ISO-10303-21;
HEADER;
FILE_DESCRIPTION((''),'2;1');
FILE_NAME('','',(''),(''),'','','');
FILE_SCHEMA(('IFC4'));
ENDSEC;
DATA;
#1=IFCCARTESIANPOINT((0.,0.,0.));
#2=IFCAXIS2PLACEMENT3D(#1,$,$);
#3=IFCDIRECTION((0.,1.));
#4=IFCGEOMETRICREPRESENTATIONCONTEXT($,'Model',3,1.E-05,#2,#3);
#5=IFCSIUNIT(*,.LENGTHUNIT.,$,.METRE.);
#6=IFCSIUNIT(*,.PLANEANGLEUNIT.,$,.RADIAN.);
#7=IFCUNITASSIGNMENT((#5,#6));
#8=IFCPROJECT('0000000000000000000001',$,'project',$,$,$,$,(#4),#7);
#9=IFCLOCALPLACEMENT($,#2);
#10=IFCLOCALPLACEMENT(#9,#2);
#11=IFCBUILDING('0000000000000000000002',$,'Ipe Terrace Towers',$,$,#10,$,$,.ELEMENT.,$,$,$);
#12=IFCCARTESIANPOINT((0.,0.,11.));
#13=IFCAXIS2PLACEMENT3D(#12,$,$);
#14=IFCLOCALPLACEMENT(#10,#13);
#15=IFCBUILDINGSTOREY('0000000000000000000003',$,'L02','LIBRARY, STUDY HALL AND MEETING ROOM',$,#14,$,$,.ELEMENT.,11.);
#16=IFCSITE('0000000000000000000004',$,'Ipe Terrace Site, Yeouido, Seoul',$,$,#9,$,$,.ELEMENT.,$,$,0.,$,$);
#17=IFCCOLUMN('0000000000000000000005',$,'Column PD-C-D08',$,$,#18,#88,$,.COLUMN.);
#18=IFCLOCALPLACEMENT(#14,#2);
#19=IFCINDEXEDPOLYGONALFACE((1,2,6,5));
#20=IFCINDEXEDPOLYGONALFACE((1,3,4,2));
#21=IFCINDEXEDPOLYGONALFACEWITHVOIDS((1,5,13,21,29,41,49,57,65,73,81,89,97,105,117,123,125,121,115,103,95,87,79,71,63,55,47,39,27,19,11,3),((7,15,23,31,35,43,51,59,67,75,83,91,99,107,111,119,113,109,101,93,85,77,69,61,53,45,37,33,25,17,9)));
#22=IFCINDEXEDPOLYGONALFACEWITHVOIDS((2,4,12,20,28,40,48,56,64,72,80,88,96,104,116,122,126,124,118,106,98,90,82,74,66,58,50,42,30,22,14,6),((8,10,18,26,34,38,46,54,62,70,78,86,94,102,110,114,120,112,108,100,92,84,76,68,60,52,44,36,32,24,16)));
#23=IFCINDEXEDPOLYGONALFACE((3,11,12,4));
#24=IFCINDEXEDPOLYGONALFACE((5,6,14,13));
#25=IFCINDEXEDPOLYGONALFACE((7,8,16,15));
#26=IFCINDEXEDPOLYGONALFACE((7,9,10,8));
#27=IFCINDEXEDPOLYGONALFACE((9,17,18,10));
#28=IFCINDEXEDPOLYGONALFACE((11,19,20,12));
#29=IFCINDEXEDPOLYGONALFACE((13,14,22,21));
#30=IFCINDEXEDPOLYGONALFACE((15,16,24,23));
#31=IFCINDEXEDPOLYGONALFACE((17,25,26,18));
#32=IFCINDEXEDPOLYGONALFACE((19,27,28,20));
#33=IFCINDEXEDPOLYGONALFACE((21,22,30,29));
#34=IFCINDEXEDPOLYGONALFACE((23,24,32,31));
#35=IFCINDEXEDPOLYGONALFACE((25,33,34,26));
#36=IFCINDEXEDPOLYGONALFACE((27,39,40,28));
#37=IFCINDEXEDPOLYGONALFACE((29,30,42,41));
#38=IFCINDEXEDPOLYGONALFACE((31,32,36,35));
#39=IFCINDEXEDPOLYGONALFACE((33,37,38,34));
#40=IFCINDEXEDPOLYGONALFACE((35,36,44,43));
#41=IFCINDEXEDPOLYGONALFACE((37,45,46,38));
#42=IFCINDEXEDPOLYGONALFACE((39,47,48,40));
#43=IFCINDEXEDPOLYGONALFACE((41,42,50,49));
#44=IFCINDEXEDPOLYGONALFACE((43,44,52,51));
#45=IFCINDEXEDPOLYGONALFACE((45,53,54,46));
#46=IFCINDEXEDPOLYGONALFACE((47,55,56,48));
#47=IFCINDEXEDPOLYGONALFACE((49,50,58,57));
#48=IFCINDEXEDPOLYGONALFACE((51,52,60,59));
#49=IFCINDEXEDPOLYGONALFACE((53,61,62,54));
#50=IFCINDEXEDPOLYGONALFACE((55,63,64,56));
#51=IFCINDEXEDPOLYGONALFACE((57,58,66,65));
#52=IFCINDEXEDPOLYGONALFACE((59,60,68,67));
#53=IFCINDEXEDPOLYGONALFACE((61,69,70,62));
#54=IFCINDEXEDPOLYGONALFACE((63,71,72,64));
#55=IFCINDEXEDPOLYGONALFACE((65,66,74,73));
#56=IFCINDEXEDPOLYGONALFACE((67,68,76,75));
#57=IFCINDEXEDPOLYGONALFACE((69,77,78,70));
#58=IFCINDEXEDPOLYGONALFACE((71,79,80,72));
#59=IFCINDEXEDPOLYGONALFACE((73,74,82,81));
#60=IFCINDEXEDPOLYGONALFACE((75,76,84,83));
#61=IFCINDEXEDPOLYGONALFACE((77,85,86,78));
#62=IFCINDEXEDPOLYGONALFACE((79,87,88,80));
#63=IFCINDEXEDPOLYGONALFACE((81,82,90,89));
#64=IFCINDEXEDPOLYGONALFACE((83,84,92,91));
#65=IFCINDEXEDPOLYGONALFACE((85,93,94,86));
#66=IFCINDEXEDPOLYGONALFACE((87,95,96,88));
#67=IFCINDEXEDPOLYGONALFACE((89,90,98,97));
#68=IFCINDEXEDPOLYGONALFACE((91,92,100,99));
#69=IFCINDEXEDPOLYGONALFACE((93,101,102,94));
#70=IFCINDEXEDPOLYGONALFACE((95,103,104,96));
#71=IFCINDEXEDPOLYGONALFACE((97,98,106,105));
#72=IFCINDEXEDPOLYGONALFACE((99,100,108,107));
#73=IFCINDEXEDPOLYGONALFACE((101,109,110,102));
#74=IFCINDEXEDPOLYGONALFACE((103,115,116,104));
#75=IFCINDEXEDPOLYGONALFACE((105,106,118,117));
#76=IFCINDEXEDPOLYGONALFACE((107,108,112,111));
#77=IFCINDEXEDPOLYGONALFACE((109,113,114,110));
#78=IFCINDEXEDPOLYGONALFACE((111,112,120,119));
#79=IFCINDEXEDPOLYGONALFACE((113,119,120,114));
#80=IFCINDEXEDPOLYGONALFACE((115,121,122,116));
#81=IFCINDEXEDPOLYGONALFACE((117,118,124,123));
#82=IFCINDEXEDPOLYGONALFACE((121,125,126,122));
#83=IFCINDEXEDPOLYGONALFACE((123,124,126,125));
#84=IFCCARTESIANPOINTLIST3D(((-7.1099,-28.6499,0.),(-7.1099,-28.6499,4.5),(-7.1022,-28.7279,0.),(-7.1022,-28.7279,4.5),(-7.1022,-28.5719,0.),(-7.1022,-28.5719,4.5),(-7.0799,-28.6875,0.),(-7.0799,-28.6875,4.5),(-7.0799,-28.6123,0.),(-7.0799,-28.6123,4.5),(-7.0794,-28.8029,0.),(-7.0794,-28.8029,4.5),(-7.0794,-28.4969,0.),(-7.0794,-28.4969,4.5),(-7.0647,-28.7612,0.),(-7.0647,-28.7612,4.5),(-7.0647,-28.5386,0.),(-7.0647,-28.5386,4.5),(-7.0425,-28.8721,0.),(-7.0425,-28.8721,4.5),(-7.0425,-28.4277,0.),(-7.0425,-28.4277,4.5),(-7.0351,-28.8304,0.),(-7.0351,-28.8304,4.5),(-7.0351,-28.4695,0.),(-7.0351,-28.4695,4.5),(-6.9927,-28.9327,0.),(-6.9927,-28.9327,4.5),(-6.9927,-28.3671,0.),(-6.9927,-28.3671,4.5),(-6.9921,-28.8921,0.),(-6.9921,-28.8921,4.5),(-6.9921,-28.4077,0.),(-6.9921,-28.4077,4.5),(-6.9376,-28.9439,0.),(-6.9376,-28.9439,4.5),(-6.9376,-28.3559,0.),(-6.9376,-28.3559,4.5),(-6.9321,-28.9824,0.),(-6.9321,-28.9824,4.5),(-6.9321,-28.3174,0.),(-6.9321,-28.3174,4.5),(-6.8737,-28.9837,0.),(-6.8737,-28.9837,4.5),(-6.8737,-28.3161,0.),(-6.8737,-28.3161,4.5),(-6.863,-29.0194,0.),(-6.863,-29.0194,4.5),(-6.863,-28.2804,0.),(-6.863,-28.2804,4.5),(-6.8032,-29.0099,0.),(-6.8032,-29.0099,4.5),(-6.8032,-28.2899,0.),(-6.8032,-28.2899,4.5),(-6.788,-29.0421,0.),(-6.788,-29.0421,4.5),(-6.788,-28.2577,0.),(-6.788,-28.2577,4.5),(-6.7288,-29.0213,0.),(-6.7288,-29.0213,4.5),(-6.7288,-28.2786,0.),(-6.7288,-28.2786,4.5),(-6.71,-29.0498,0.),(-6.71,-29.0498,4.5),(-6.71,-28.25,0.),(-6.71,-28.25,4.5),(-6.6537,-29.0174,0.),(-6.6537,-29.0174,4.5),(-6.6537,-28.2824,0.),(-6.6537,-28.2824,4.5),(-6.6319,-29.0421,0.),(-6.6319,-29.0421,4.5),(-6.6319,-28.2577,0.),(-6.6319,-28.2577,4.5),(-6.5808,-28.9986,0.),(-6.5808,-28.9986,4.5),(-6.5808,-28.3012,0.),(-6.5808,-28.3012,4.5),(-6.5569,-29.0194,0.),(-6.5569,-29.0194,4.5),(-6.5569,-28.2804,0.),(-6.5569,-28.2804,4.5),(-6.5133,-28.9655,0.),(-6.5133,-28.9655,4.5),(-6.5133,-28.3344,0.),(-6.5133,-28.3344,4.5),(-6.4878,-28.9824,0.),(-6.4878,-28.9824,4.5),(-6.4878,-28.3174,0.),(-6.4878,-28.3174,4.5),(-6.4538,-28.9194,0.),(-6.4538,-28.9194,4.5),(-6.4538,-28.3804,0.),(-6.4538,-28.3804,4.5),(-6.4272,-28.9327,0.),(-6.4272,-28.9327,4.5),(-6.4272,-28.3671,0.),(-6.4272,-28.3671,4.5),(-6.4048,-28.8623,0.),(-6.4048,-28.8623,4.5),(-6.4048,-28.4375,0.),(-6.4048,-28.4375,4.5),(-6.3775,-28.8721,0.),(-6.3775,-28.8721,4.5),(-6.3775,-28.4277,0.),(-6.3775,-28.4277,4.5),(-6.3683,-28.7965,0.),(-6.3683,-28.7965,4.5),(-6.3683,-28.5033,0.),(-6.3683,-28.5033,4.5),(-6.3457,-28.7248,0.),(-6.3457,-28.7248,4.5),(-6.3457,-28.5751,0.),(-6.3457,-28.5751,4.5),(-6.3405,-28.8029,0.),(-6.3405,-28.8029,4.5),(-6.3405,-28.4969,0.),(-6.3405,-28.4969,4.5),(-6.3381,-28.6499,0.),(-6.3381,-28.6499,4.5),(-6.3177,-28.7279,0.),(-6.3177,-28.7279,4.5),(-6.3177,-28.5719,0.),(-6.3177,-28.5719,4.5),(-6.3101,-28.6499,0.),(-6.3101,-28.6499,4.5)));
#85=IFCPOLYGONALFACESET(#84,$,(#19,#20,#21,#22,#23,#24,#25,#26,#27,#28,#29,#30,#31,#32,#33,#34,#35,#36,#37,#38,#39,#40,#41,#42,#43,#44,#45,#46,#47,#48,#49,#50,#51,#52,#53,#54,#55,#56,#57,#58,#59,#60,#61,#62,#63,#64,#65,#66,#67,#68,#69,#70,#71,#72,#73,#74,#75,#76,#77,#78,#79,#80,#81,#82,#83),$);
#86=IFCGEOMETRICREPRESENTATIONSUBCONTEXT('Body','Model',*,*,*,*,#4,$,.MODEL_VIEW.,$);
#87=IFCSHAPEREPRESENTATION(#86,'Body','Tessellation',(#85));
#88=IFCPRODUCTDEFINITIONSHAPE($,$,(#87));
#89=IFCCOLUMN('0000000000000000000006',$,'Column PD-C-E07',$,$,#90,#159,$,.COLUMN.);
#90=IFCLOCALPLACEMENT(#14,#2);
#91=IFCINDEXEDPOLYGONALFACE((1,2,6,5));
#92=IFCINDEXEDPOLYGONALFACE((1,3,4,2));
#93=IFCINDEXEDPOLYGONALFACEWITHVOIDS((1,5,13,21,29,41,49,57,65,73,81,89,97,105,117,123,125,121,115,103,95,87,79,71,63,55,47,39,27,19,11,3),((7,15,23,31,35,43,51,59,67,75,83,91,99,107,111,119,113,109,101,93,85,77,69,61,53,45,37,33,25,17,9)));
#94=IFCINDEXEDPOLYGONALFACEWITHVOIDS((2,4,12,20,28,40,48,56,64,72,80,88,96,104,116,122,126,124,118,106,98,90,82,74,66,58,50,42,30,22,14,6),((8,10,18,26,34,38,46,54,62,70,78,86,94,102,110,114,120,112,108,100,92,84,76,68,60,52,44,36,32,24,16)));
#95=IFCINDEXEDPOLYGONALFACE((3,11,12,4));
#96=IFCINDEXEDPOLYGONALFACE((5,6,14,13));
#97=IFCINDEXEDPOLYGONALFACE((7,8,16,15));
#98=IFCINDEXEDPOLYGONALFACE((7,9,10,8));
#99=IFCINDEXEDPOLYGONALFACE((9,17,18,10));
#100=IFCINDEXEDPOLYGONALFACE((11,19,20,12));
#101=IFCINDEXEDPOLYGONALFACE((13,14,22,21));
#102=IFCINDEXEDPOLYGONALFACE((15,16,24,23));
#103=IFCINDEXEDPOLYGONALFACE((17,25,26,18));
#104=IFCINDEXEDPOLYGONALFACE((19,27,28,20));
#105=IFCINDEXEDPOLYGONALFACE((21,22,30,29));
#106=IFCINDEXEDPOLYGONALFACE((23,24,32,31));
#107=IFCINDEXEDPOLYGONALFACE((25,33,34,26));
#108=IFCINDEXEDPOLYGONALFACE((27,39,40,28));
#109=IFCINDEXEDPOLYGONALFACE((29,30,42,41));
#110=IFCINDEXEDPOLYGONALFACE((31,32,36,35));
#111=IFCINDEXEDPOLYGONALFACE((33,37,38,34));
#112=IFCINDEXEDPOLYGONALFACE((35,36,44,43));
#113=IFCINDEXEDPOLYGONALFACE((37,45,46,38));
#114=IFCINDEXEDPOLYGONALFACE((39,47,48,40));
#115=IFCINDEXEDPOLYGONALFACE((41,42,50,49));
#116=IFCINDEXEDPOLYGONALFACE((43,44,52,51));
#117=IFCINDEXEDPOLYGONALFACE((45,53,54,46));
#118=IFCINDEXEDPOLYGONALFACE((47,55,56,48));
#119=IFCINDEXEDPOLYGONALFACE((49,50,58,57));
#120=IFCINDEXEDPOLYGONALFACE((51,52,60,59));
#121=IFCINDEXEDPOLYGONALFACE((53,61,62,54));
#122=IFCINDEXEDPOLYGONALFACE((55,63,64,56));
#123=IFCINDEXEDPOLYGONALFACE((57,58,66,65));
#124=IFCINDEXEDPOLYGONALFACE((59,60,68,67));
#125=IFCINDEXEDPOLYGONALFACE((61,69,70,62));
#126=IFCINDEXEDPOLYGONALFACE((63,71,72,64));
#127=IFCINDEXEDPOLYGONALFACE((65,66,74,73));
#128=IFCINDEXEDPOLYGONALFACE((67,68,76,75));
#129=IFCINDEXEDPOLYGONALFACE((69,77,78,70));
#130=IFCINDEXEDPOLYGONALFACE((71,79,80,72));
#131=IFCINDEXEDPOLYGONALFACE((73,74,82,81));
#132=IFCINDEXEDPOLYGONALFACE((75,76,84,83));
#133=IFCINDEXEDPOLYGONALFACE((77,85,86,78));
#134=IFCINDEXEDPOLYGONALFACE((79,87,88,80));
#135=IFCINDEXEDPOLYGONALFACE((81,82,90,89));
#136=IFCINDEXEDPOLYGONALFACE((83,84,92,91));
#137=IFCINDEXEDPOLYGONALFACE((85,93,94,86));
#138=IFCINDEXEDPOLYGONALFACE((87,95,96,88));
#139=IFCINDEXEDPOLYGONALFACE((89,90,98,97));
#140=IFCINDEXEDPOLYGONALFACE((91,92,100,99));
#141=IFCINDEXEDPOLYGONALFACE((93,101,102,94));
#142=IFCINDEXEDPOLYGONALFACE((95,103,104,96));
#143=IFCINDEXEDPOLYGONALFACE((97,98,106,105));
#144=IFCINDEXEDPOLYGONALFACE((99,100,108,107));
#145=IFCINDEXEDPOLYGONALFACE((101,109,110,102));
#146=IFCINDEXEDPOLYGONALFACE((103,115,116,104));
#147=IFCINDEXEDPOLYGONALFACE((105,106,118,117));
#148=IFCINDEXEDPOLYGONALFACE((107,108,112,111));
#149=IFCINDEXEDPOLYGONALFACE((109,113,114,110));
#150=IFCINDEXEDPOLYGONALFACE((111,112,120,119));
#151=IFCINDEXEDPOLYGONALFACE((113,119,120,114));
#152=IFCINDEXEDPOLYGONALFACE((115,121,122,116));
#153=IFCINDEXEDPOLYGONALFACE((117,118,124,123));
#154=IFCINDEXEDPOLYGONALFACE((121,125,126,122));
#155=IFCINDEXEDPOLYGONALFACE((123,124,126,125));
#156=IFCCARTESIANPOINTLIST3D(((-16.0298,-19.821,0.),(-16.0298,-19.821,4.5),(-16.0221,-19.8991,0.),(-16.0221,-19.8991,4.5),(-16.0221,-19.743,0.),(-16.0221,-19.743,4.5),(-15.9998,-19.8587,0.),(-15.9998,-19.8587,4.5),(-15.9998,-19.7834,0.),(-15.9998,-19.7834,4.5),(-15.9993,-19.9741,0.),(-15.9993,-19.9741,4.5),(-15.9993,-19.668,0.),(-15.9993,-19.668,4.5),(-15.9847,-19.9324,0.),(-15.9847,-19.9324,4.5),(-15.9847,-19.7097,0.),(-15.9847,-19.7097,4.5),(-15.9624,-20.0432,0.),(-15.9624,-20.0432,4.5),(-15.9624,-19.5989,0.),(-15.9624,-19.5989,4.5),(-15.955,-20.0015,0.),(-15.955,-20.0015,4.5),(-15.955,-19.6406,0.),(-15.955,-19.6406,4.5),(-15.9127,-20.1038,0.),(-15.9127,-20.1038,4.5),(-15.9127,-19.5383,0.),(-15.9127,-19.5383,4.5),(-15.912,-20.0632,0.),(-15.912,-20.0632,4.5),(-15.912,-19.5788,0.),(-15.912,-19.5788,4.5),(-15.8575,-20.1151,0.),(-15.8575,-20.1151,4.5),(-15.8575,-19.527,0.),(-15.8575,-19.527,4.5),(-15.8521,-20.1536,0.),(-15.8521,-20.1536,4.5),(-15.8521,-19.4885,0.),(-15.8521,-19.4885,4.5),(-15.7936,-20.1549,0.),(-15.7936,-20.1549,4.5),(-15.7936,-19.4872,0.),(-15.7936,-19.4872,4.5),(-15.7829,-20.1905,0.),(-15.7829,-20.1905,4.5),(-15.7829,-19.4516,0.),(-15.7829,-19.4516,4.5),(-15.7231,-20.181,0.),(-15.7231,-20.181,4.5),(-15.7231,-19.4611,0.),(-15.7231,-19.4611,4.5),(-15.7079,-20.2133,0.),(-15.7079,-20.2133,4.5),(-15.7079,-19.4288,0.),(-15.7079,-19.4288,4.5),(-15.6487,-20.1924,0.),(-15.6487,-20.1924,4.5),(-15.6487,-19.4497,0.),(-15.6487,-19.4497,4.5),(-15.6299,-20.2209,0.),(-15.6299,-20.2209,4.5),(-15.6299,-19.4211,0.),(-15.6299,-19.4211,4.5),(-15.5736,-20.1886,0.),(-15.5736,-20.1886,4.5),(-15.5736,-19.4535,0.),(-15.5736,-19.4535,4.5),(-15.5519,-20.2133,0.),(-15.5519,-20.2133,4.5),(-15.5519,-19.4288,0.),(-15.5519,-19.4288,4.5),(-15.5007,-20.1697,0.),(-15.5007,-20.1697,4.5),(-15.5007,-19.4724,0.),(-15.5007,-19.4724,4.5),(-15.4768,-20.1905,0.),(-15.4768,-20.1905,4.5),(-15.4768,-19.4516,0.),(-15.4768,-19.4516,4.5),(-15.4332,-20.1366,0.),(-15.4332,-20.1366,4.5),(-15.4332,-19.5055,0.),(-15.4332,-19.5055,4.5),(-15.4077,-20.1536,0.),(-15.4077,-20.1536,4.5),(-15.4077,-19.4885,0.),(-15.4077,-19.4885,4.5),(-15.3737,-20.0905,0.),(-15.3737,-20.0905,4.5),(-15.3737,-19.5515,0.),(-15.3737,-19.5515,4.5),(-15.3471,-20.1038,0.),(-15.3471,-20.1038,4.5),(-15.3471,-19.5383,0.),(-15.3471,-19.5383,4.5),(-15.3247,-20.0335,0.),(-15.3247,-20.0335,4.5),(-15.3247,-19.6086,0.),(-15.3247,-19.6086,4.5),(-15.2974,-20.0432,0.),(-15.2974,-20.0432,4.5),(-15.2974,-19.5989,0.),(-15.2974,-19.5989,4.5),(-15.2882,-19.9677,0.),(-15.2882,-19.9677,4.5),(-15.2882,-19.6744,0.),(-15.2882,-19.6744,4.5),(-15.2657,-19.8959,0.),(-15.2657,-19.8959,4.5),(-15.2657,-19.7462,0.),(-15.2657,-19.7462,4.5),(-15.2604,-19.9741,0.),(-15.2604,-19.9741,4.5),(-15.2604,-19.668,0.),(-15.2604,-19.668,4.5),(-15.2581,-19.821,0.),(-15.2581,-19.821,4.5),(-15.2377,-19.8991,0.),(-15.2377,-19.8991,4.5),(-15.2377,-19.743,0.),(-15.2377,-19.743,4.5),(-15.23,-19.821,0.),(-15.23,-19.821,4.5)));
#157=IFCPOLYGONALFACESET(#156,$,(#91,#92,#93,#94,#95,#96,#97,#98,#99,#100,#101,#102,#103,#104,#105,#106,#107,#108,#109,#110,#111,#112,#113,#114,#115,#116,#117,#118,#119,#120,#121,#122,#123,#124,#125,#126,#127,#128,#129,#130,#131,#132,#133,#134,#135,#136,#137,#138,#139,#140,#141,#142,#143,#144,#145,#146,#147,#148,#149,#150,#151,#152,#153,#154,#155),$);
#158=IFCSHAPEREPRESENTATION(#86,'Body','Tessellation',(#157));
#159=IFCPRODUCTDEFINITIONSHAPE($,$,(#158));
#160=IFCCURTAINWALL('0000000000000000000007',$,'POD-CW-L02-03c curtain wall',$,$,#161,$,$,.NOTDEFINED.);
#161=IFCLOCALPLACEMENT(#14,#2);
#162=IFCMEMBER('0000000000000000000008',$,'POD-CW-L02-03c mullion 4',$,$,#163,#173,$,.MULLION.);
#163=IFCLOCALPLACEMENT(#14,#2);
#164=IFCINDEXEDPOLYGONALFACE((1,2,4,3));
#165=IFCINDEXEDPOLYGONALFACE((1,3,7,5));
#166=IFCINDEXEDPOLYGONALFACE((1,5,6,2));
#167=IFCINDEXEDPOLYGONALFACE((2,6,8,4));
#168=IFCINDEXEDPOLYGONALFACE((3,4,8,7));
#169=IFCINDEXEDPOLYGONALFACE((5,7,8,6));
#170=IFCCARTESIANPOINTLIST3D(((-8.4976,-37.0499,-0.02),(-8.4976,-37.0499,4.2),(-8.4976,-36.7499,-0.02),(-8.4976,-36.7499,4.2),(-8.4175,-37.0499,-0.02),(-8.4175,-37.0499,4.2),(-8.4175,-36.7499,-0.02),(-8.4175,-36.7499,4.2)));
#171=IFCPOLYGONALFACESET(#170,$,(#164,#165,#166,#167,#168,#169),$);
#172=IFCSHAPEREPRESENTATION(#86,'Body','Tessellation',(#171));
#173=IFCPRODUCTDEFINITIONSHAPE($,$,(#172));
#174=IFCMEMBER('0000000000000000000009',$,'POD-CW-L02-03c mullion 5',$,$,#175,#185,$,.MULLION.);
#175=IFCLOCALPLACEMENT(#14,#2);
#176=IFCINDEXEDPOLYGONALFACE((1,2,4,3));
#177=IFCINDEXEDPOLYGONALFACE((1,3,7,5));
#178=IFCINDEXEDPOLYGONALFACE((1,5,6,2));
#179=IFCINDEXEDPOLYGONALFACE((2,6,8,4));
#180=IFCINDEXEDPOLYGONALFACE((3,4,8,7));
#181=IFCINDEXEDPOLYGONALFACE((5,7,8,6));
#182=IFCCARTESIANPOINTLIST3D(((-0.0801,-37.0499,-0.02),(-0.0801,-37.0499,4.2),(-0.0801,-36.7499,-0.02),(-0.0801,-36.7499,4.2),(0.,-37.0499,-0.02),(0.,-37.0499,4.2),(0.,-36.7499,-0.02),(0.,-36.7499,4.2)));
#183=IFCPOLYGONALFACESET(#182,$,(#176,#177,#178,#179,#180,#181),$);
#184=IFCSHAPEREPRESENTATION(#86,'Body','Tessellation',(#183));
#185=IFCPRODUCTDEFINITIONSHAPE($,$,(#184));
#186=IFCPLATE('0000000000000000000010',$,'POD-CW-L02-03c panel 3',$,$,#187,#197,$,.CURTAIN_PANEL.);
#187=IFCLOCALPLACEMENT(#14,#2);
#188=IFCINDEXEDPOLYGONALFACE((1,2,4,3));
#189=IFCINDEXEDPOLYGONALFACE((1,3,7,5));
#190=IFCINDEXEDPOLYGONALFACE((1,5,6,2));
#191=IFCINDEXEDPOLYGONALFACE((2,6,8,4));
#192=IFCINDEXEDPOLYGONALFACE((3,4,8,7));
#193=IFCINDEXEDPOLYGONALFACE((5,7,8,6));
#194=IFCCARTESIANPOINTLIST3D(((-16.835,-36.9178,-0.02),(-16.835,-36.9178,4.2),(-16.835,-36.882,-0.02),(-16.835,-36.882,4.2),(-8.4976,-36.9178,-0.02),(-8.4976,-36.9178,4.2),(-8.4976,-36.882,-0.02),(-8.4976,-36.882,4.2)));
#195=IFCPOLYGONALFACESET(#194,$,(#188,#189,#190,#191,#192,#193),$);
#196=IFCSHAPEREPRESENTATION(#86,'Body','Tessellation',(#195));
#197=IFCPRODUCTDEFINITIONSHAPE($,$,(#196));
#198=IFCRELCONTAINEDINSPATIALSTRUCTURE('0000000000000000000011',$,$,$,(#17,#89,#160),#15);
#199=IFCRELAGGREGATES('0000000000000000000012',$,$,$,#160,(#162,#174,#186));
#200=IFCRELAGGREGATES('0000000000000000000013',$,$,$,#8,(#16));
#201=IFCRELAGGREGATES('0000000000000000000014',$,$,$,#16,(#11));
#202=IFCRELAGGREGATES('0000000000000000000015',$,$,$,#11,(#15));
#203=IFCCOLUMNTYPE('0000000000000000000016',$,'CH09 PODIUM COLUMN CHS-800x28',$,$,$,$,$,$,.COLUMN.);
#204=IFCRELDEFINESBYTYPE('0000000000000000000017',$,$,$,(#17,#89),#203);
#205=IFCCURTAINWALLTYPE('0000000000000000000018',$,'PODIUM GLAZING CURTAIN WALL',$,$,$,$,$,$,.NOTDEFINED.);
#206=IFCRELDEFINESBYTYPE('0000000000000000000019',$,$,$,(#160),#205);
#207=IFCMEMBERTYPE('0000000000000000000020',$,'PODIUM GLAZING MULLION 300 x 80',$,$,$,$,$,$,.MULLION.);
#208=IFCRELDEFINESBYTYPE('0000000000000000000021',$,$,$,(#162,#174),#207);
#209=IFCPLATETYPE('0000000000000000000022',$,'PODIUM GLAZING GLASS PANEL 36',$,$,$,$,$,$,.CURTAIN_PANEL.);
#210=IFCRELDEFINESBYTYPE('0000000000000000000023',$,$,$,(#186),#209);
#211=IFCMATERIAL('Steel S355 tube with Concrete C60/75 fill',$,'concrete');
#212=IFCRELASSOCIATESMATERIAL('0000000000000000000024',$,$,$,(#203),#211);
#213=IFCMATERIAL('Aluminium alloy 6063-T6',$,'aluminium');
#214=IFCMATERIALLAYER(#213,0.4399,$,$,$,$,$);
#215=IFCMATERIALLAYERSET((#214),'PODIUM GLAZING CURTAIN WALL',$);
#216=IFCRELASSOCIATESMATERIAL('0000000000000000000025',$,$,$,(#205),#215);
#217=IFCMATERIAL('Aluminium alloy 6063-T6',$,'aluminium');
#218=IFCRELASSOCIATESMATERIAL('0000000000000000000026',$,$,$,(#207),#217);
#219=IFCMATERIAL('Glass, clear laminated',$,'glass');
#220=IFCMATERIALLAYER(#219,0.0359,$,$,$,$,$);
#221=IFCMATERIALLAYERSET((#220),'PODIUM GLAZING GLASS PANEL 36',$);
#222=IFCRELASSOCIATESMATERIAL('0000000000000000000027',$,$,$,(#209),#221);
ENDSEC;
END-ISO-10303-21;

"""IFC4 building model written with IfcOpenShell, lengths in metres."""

from ifc_helpers import new_model, si_unit, direction, frame, origin, origin_2d, place, context, subcontext, project, spatial, rectangle, hollow_circle, extrude, material, layer, layer_set, material_profile, profile_set, type_object, element, aggregate, save


model = new_model("IFC4")

# Units and contexts
model_context = context("Model", 3, precision=1e-05, world=origin(), true_north=direction((0.0, 1.0)))
body_context = subcontext(model_context, "Body", "Model", "MODEL_VIEW")
ifc_project = project(units=[si_unit("LENGTHUNIT", "METRE"), si_unit("PLANEANGLEUNIT", "RADIAN")], contexts=[model_context])

# Site, building, storey
site_placement = place(None, origin())
site = spatial("IfcSite", under=ifc_project, at=site_placement, Name="Ipe Terrace Site, Yeouido, Seoul", CompositionType="ELEMENT", RefElevation=0.0)
building_placement = place(site_placement, origin())
building = spatial("IfcBuilding", under=site, at=building_placement, Name="Ipe Terrace Towers", CompositionType="ELEMENT")
storey_placement = place(building_placement, frame((0.0, 0.0, 11.0)))
storey = spatial("IfcBuildingStorey", under=building, at=storey_placement, Name="L02", Description="LIBRARY, STUDY HALL AND MEETING ROOM", CompositionType="ELEMENT", Elevation=11.0)

# Columns
ifc_material_1 = material(Name="Steel S355 tube with Concrete C60/75 fill", Category="concrete")
ifc_material_profile_1 = material_profile(ifc_material_1, hollow_circle(Radius=0.3999, WallThickness=0.0281, at=origin_2d()), Name="CHS-800x28")
ifc_profile_set_1 = profile_set([ifc_material_profile_1], Name="Steel S355 tube with Concrete C60/75 fill")
column_type = type_object("IfcColumnType", Name="CH09 PODIUM COLUMN CHS-800x28", PredefinedType="COLUMN", material=ifc_profile_set_1)
for number, where, z_axis, x_axis, name in (
    (1, (-6.71, -28.6499, 0.0), (0.0, 0.0, 1.0), (1.0, 0.0, 0.0), "Column PD-C-D08"),
    (2, (-15.6299, -19.821, 0.0), (0.0, 0.0, 1.0), (1.0, 0.0, 0.0), "Column PD-C-E07"),
):
    element("IfcColumn", number, at=place(storey_placement, frame(where, z_axis=z_axis, x_axis=x_axis)), inside=storey, type_object=column_type, Name=name, PredefinedType="COLUMN", context=body_context, shape_type="SweptSolid", body=[
        extrude(hollow_circle(Radius=0.3999, WallThickness=0.0281, at=origin_2d()), origin(), (0.0, 0.0, 1.0), 4.5),
    ])

# Curtain wall, members, plate
ifc_material_2 = material(Name="Aluminium alloy 6063-T6", Category="aluminium")
ifc_layer_1 = layer(ifc_material_2, 0.4399)
ifc_layer_set_1 = layer_set([ifc_layer_1], Name="PODIUM GLAZING CURTAIN WALL")
curtain_wall_type = type_object("IfcCurtainWallType", Name="PODIUM GLAZING CURTAIN WALL", PredefinedType="NOTDEFINED", material=ifc_layer_set_1)
curtain_wall_placement = place(storey_placement, origin())
curtain_wall = element("IfcCurtainWall", 3, at=curtain_wall_placement, inside=storey, type_object=curtain_wall_type, Name="POD-CW-L02-03c curtain wall", PredefinedType="NOTDEFINED")
ifc_material_3 = material(Name="Aluminium alloy 6063-T6", Category="aluminium")
ifc_material_profile_2 = material_profile(ifc_material_3, rectangle(XDim=0.3, YDim=0.0801, at=origin_2d()), Name="PODIUM GLAZING MULLION 300 x 80")
ifc_profile_set_2 = profile_set([ifc_material_profile_2], Name="Aluminium alloy 6063-T6")
member_type = type_object("IfcMemberType", Name="PODIUM GLAZING MULLION 300 x 80", PredefinedType="MULLION", material=ifc_profile_set_2)
member_1_placement = place(storey_placement, frame((-8.4575, -36.8999, -0.02), z_axis=(0.0, 0.0, 1.0), x_axis=(0.0, -1.0, 0.0)))
member_1 = element("IfcMember", 4, at=member_1_placement, type_object=member_type, Name="POD-CW-L02-03c mullion 4", PredefinedType="MULLION", context=body_context, shape_type="SweptSolid", body=[
    extrude(rectangle(XDim=0.3, YDim=0.0801, at=origin_2d()), origin(), (0.0, 0.0, 1.0), 4.22),
])
member_2_placement = place(storey_placement, frame((-0.04, -36.8999, -0.02), z_axis=(0.0, 0.0, 1.0), x_axis=(0.0, -1.0, 0.0)))
member_2 = element("IfcMember", 5, at=member_2_placement, type_object=member_type, Name="POD-CW-L02-03c mullion 5", PredefinedType="MULLION", context=body_context, shape_type="SweptSolid", body=[
    extrude(rectangle(XDim=0.3, YDim=0.0801, at=origin_2d()), origin(), (0.0, 0.0, 1.0), 4.22),
])
ifc_material_4 = material(Name="Glass, clear laminated", Category="glass")
ifc_layer_2 = layer(ifc_material_4, 0.0359)
ifc_layer_set_2 = layer_set([ifc_layer_2], Name="PODIUM GLAZING GLASS PANEL 36")
plate_type = type_object("IfcPlateType", Name="PODIUM GLAZING GLASS PANEL 36", PredefinedType="CURTAIN_PANEL", material=ifc_layer_set_2)
plate_1_placement = place(storey_placement, frame((-12.6663, -36.8999, -0.02), z_axis=(0.0, 0.0, 1.0), x_axis=(1.0, 0.0, 0.0)))
plate_1 = element("IfcPlate", 6, at=plate_1_placement, type_object=plate_type, Name="POD-CW-L02-03c panel 3", PredefinedType="CURTAIN_PANEL", context=body_context, shape_type="SweptSolid", body=[
    extrude(rectangle(XDim=8.3374, YDim=0.0359, at=origin_2d()), origin(), (0.0, 0.0, 1.0), 4.22),
])
aggregate(curtain_wall, [member_1, member_2, plate_1])

save(model, "model.ifc")
